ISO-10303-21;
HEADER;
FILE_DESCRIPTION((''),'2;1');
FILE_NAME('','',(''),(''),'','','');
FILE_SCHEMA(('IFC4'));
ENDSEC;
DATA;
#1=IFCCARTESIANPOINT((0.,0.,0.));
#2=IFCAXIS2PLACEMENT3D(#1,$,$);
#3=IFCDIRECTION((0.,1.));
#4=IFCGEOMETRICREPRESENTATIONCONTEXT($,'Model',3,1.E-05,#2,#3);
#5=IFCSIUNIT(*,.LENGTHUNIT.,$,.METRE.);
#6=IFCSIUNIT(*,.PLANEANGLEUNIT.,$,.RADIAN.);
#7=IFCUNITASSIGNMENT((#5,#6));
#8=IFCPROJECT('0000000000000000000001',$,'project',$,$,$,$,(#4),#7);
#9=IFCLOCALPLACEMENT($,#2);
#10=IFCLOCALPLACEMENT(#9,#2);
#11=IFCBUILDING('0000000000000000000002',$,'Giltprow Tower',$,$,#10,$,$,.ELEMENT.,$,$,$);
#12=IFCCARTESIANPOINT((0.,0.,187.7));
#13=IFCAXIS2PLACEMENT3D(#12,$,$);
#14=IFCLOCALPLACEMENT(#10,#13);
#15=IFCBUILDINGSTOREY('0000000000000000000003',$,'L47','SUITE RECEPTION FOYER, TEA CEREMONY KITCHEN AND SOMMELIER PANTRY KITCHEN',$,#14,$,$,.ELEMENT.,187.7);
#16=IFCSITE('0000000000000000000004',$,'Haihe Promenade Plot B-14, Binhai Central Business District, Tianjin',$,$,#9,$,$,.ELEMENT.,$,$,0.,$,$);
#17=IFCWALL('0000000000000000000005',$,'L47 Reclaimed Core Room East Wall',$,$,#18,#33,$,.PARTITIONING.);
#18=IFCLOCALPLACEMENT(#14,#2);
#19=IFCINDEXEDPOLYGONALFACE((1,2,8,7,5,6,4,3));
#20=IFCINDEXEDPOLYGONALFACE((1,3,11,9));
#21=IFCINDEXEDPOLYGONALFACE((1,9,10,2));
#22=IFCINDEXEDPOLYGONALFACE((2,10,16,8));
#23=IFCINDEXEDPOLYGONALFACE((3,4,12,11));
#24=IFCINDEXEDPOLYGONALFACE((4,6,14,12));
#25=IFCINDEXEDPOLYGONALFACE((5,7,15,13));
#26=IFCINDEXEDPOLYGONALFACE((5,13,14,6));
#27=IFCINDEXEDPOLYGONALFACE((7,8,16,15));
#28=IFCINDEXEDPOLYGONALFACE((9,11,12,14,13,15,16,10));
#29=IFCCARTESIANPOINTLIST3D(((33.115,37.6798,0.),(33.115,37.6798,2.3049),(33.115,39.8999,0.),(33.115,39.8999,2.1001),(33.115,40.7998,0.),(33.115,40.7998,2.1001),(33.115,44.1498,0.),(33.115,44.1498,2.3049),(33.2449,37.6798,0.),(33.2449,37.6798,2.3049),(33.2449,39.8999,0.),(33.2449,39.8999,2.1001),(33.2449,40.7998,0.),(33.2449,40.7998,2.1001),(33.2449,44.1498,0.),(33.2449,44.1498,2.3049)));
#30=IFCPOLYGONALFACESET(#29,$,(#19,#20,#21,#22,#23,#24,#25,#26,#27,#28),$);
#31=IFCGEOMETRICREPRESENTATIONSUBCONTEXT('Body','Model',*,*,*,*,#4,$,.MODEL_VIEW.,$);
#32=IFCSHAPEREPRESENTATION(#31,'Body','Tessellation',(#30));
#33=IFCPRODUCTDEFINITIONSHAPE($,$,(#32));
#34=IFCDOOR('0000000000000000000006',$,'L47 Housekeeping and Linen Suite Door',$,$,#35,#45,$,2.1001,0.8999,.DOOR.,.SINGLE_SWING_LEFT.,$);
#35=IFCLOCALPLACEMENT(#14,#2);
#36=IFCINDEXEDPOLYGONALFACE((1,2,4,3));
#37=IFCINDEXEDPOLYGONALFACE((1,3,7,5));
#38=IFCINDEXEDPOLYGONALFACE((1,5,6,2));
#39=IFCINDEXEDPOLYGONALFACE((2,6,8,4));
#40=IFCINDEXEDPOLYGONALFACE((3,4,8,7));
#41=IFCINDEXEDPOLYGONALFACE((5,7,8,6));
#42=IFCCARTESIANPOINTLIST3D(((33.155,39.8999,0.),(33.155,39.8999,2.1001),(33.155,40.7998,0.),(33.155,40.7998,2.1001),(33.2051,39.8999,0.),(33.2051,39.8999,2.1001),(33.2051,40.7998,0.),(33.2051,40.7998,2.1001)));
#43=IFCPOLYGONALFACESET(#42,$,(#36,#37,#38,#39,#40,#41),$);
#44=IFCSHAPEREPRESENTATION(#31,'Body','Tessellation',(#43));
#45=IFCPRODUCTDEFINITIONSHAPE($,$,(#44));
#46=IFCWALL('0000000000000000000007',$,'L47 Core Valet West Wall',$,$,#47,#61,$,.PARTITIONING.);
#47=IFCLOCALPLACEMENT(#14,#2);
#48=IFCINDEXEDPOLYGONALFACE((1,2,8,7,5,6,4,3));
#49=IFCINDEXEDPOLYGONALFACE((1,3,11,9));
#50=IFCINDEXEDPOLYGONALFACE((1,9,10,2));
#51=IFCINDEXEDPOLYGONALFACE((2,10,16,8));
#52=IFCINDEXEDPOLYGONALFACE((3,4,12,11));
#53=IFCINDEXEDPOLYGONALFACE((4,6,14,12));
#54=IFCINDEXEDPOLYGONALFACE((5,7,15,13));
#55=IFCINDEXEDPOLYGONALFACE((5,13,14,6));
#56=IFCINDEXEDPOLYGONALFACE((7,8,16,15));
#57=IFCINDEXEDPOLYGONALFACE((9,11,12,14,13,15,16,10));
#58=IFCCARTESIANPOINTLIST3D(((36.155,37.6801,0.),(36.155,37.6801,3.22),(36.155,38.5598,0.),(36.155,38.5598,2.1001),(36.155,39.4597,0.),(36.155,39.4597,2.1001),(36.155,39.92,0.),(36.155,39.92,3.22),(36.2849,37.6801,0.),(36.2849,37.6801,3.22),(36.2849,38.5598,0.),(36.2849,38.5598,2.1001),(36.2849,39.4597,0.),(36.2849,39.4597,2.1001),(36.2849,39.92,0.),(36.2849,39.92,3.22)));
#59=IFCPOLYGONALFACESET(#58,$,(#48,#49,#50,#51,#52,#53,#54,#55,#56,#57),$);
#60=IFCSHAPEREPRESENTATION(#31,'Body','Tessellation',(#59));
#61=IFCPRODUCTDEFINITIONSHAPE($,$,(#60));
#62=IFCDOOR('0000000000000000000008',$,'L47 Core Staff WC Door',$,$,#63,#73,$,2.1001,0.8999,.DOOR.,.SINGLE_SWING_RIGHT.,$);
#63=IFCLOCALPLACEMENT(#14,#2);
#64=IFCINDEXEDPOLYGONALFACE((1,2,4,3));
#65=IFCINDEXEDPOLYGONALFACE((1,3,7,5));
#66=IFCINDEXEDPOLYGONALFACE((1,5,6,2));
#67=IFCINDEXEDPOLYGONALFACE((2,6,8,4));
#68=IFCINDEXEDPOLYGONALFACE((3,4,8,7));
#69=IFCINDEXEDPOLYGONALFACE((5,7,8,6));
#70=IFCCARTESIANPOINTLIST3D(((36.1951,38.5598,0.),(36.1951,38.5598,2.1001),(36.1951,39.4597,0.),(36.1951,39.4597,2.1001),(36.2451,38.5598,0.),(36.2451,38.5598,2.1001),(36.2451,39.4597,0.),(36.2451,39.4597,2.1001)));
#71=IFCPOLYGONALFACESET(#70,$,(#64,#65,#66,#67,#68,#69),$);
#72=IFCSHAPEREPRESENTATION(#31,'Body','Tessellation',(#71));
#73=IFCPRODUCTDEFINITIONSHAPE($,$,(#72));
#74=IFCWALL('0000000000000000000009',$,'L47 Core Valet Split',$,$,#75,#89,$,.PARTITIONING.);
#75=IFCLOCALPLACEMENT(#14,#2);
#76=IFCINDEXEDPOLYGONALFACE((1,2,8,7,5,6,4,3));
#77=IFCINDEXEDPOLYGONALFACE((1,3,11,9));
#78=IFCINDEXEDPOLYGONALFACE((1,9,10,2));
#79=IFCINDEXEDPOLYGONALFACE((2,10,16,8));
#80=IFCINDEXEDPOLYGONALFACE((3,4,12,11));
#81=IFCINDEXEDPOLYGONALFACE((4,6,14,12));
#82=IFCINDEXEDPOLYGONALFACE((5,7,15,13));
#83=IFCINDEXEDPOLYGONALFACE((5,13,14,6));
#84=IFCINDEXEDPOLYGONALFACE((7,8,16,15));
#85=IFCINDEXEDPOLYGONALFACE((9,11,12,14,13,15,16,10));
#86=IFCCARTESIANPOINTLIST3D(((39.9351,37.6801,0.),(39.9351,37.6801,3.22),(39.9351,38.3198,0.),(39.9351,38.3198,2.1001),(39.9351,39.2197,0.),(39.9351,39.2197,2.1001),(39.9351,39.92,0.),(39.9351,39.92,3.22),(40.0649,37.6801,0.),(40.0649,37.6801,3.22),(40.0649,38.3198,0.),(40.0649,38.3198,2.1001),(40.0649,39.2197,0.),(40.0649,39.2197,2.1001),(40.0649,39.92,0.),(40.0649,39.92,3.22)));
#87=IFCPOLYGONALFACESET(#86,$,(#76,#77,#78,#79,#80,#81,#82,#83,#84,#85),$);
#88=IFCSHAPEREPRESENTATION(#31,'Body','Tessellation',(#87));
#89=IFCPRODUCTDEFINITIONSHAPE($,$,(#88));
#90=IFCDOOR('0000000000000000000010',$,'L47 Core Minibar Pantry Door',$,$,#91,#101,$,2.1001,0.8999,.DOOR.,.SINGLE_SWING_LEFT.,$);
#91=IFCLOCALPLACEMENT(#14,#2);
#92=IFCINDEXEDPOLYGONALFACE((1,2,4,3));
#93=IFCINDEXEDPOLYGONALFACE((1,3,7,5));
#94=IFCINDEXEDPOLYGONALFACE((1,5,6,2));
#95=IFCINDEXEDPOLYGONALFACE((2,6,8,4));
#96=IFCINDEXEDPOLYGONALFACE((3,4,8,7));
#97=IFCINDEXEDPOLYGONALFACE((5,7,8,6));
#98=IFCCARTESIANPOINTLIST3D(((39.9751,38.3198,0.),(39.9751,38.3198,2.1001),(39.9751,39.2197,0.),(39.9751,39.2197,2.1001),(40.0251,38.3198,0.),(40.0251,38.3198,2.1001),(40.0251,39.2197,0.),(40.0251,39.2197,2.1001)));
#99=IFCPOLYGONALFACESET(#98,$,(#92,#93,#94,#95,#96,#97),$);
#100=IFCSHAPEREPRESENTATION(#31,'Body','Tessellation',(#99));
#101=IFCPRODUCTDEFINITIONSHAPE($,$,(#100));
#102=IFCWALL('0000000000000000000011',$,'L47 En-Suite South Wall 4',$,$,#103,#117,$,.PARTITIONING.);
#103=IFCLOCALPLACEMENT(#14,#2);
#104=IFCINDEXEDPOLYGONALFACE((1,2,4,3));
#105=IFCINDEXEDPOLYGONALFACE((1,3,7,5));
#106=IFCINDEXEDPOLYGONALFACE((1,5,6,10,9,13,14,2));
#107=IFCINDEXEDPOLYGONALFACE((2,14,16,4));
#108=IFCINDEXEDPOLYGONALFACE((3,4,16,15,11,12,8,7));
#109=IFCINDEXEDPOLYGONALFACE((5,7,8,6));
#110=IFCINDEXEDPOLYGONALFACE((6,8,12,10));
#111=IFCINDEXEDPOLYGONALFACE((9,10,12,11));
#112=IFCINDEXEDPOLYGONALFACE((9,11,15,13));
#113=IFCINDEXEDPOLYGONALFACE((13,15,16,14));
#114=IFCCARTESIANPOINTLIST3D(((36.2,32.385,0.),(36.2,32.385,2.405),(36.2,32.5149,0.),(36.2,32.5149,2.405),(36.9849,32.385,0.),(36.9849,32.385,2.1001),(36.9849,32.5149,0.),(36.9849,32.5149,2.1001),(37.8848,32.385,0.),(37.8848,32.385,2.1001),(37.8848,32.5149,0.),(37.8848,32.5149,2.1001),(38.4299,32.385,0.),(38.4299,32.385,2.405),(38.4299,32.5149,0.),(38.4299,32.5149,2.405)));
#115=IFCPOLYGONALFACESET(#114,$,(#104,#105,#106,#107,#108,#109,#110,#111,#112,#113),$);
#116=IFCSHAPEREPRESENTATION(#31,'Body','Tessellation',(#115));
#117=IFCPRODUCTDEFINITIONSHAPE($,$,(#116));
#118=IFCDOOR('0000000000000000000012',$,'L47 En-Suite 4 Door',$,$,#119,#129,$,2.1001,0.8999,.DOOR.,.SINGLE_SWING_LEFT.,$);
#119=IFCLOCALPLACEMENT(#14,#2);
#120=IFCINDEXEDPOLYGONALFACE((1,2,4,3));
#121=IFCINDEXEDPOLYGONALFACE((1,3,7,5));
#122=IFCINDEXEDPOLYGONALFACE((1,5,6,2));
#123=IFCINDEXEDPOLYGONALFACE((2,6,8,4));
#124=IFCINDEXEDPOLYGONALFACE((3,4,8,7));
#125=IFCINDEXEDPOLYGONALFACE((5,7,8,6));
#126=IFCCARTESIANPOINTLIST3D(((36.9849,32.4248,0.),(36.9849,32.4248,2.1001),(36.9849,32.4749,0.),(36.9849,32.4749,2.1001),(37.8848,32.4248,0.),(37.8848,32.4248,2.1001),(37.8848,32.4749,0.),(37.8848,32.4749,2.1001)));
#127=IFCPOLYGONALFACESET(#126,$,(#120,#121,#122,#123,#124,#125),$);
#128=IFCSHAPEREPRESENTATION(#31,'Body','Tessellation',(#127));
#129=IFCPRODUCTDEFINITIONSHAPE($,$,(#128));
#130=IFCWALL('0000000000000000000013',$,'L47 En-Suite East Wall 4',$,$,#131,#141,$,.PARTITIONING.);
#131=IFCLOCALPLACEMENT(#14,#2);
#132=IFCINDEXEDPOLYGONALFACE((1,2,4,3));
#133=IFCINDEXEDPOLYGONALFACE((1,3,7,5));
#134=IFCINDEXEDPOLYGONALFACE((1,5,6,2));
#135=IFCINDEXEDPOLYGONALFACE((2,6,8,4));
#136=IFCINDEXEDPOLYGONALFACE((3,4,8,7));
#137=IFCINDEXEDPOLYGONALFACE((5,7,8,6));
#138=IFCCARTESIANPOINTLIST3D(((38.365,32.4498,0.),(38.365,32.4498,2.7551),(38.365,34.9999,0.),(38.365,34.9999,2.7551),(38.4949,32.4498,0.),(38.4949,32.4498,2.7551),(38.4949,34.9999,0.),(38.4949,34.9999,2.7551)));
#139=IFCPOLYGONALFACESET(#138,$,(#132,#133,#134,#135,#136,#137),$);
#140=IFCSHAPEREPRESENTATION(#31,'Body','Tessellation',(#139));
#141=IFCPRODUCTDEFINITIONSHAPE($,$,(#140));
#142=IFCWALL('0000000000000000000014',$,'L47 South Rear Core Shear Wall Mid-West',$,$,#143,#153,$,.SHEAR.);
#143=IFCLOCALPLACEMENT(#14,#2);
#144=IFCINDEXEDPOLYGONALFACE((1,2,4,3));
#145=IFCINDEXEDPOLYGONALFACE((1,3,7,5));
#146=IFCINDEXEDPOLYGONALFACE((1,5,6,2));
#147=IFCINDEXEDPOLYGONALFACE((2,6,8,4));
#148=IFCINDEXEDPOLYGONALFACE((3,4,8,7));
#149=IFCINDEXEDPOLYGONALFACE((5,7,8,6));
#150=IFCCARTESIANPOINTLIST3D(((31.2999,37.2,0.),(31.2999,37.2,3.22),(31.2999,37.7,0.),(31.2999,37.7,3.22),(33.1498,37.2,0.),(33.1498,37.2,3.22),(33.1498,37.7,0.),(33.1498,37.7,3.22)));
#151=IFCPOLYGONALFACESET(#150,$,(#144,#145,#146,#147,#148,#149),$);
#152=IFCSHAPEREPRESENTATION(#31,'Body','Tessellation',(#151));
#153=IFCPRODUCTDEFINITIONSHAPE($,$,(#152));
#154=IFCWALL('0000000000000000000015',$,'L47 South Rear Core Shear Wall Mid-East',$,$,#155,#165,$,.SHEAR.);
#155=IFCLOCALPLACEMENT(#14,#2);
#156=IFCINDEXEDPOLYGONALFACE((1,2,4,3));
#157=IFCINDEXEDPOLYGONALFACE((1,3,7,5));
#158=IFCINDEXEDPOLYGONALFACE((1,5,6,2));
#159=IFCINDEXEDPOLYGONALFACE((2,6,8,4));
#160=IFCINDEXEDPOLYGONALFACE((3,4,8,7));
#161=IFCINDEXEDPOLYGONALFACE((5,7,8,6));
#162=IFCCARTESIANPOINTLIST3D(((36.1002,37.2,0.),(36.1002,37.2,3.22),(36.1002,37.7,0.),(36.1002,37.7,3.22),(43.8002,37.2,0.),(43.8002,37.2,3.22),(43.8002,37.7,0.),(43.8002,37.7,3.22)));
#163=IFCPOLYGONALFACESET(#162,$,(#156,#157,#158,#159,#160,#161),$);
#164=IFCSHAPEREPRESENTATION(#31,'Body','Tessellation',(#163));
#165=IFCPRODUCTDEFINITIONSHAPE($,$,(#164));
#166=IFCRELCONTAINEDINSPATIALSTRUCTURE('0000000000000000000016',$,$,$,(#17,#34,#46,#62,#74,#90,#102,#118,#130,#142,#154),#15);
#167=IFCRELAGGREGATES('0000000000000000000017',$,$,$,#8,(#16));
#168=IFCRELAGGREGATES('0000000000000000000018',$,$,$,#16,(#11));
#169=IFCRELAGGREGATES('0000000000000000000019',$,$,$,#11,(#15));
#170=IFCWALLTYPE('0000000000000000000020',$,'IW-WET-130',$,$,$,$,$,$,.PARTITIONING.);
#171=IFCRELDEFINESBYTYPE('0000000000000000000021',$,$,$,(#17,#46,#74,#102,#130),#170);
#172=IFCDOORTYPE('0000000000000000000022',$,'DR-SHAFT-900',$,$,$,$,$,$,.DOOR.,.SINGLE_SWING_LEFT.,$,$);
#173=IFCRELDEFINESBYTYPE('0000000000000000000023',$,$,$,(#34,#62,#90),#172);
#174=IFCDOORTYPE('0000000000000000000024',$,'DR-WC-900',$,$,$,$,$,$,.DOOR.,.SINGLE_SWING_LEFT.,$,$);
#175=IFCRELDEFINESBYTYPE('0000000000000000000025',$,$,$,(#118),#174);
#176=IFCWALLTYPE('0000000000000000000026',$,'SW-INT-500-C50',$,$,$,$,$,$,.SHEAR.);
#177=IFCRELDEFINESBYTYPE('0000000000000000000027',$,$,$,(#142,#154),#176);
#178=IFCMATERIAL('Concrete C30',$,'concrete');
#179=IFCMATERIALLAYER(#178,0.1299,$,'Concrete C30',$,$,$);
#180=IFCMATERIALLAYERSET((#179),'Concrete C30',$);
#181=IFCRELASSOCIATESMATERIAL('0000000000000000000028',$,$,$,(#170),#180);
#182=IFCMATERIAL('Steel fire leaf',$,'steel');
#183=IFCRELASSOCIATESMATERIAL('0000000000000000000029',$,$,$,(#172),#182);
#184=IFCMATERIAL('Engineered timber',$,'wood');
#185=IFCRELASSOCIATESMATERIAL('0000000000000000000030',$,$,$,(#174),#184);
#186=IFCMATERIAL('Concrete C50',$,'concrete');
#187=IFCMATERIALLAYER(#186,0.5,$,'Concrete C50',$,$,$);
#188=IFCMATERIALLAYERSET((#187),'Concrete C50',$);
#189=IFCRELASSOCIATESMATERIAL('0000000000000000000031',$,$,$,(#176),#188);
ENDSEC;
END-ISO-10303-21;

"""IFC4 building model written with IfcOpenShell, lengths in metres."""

from ifc_helpers import new_model, si_unit, direction, frame, frame_2d, origin, place, context, subcontext, project, spatial, rectangle, extrude, source, transform, mapped, material, layer, layer_set, type_object, element, fill, save


model = new_model("IFC4")

# Units and contexts
model_context = context("Model", 3, precision=1e-05, world=origin(), true_north=direction((0.0, 1.0)))
body_context = subcontext(model_context, "Body", "Model", "MODEL_VIEW")
ifc_project = project(units=[si_unit("LENGTHUNIT", "METRE"), si_unit("PLANEANGLEUNIT", "RADIAN")], contexts=[model_context])

# Site, building, storey
site_placement = place(None, origin())
site = spatial("IfcSite", under=ifc_project, at=site_placement, Name="Haihe Promenade Plot B-14, Binhai Central Business District, Tianjin", CompositionType="ELEMENT", RefElevation=0.0)
building_placement = place(site_placement, origin())
building = spatial("IfcBuilding", under=site, at=building_placement, Name="Giltprow Tower", CompositionType="ELEMENT")
storey_placement = place(building_placement, frame((0.0, 0.0, 187.7)))
storey = spatial("IfcBuildingStorey", under=building, at=storey_placement, Name="L47", Description="SUITE RECEPTION FOYER, TEA CEREMONY KITCHEN AND SOMMELIER PANTRY KITCHEN", CompositionType="ELEMENT", Elevation=187.7)

# Shared definitions
ifc_material_1 = material(Name="Concrete C50", Category="concrete")

# Walls, openings, doors
ifc_material_2 = material(Name="Concrete C30", Category="concrete")
ifc_layer_1 = layer(ifc_material_2, 0.1299, Name="Concrete C30")
ifc_layer_set_1 = layer_set([ifc_layer_1], Name="Concrete C30")
wall_type_1 = type_object("IfcWallType", Name="IW-WET-130", PredefinedType="PARTITIONING", material=ifc_layer_set_1)
wall_1_placement = place(storey_placement, frame((33.1799, 37.6799, 0.0), z_axis=(0.0, 0.0, 1.0), x_axis=(0.0, 1.0, 0.0)))
wall_1 = element("IfcWall", 1, at=wall_1_placement, inside=storey, type_object=wall_type_1, Name="L47 Reclaimed Core Room East Wall", PredefinedType="PARTITIONING", context=body_context, shape_type="SweptSolid", body=[
    extrude(rectangle(XDim=6.47, YDim=0.1299, at=frame_2d((3.2349, 0.0))), origin(), (0.0, 0.0, 1.0), 2.3049),
])
opening_1_placement = place(wall_1_placement, frame((2.22, 0.0, 0.0)))
opening_1 = element("IfcOpeningElement", 2, at=opening_1_placement, cuts=wall_1, PredefinedType="OPENING", context=body_context, shape_type="SweptSolid", body=[
    extrude(rectangle(XDim=0.8999, YDim=2.1001, at=frame_2d((0.45, 1.05))), frame((0.0, 0.075, 0.0), z_axis=(0.0, -1.0, 0.0), x_axis=(1.0, 0.0, 0.0)), (0.0, 0.0, 1.0), 0.1499),
])
ifc_material_3 = material(Name="Steel fire leaf", Category="steel")
door_type_1 = type_object("IfcDoorType", Name="DR-SHAFT-900", OperationType="SINGLE_SWING_LEFT", PredefinedType="DOOR", material=ifc_material_3)
shared_shape_1 = source(origin(), body_context, "Body", "SweptSolid", [
    extrude(rectangle(XDim=0.8999, YDim=2.1001, at=frame_2d((0.45, 1.05))), frame((0.0, 0.0249, 0.0), z_axis=(0.0, -1.0, 0.0), x_axis=(1.0, 0.0, 0.0)), (0.0, 0.0, 1.0), 0.05),
])
door_1_placement = place(opening_1_placement, origin())
door_1 = element("IfcDoor", 3, at=door_1_placement, inside=storey, type_object=door_type_1, Name="L47 Housekeeping and Linen Suite Door", OperationType="SINGLE_SWING_LEFT", OverallHeight=2.1001, OverallWidth=0.8999, PredefinedType="DOOR", context=body_context, shape_type="MappedRepresentation", body=[
    mapped(shared_shape_1, transform((0.0, 0.0, 0.0), x_axis=(1.0, 0.0, 0.0), y_axis=(0.0, 1.0, 0.0), z_axis=(0.0, 0.0, 1.0), scale=1.0)),
])
fill(opening_1, door_1)
wall_2_placement = place(storey_placement, frame((36.22, 37.6799, 0.0), z_axis=(0.0, 0.0, 1.0), x_axis=(0.0, 1.0, 0.0)))
wall_2 = element("IfcWall", 4, at=wall_2_placement, inside=storey, type_object=wall_type_1, Name="L47 Core Valet West Wall", PredefinedType="PARTITIONING", context=body_context, shape_type="SweptSolid", body=[
    extrude(rectangle(XDim=2.24, YDim=0.1299, at=frame_2d((1.1201, 0.0))), origin(), (0.0, 0.0, 1.0), 3.22),
])
opening_2_placement = place(wall_2_placement, frame((0.8799, 0.0, 0.0)))
opening_2 = element("IfcOpeningElement", 5, at=opening_2_placement, cuts=wall_2, PredefinedType="OPENING", context=body_context, shape_type="SweptSolid", body=[
    extrude(rectangle(XDim=0.8999, YDim=2.1001, at=frame_2d((0.45, 1.05))), frame((0.0, 0.075, 0.0), z_axis=(0.0, -1.0, 0.0), x_axis=(1.0, 0.0, 0.0)), (0.0, 0.0, 1.0), 0.1499),
])
door_2_placement = place(opening_2_placement, origin())
door_2 = element("IfcDoor", 6, at=door_2_placement, inside=storey, type_object=door_type_1, Name="L47 Core Staff WC Door", OperationType="SINGLE_SWING_RIGHT", OverallHeight=2.1001, OverallWidth=0.8999, PredefinedType="DOOR", context=body_context, shape_type="MappedRepresentation", body=[
    mapped(shared_shape_1, transform((0.0, 0.0, 0.0), x_axis=(1.0, 0.0, 0.0), y_axis=(0.0, 1.0, 0.0), z_axis=(0.0, 0.0, 1.0), scale=1.0)),
])
fill(opening_2, door_2)
wall_3_placement = place(storey_placement, frame((40.0, 37.6799, 0.0), z_axis=(0.0, 0.0, 1.0), x_axis=(0.0, 1.0, 0.0)))
wall_3 = element("IfcWall", 7, at=wall_3_placement, inside=storey, type_object=wall_type_1, Name="L47 Core Valet Split", PredefinedType="PARTITIONING", context=body_context, shape_type="SweptSolid", body=[
    extrude(rectangle(XDim=2.24, YDim=0.1299, at=frame_2d((1.1201, 0.0))), origin(), (0.0, 0.0, 1.0), 3.22),
])
opening_3_placement = place(wall_3_placement, frame((0.6399, 0.0, 0.0)))
opening_3 = element("IfcOpeningElement", 8, at=opening_3_placement, cuts=wall_3, PredefinedType="OPENING", context=body_context, shape_type="SweptSolid", body=[
    extrude(rectangle(XDim=0.8999, YDim=2.1001, at=frame_2d((0.45, 1.05))), frame((0.0, 0.075, 0.0), z_axis=(0.0, -1.0, 0.0), x_axis=(1.0, 0.0, 0.0)), (0.0, 0.0, 1.0), 0.1499),
])
door_3_placement = place(opening_3_placement, origin())
door_3 = element("IfcDoor", 9, at=door_3_placement, inside=storey, type_object=door_type_1, Name="L47 Core Minibar Pantry Door", OperationType="SINGLE_SWING_LEFT", OverallHeight=2.1001, OverallWidth=0.8999, PredefinedType="DOOR", context=body_context, shape_type="MappedRepresentation", body=[
    mapped(shared_shape_1, transform((0.0, 0.0, 0.0), x_axis=(1.0, 0.0, 0.0), y_axis=(0.0, 1.0, 0.0), z_axis=(0.0, 0.0, 1.0), scale=1.0)),
])
fill(opening_3, door_3)
wall_4_placement = place(storey_placement, frame((36.2, 32.45, 0.0), z_axis=(0.0, 0.0, 1.0), x_axis=(1.0, 0.0, 0.0)))
wall_4 = element("IfcWall", 10, at=wall_4_placement, inside=storey, type_object=wall_type_1, Name="L47 En-Suite South Wall 4", PredefinedType="PARTITIONING", context=body_context, shape_type="SweptSolid", body=[
    extrude(rectangle(XDim=2.23, YDim=0.1299, at=frame_2d((1.115, 0.0))), origin(), (0.0, 0.0, 1.0), 2.405),
])
opening_4_placement = place(wall_4_placement, frame((0.7849, 0.0, 0.0)))
opening_4 = element("IfcOpeningElement", 11, at=opening_4_placement, cuts=wall_4, PredefinedType="OPENING", context=body_context, shape_type="SweptSolid", body=[
    extrude(rectangle(XDim=0.8999, YDim=2.1001, at=frame_2d((0.45, 1.05))), frame((0.0, 0.075, 0.0), z_axis=(0.0, -1.0, 0.0), x_axis=(1.0, 0.0, 0.0)), (0.0, 0.0, 1.0), 0.1499),
])
ifc_material_4 = material(Name="Engineered timber", Category="wood")
door_type_2 = type_object("IfcDoorType", Name="DR-WC-900", OperationType="SINGLE_SWING_LEFT", PredefinedType="DOOR", material=ifc_material_4)
door_4_placement = place(opening_4_placement, origin())
door_4 = element("IfcDoor", 12, at=door_4_placement, inside=storey, type_object=door_type_2, Name="L47 En-Suite 4 Door", OperationType="SINGLE_SWING_LEFT", OverallHeight=2.1001, OverallWidth=0.8999, PredefinedType="DOOR", context=body_context, shape_type="MappedRepresentation", body=[
    mapped(shared_shape_1, transform((0.0, 0.0, 0.0), x_axis=(1.0, 0.0, 0.0), y_axis=(0.0, 1.0, 0.0), z_axis=(0.0, 0.0, 1.0), scale=1.0)),
])
fill(opening_4, door_4)

# Walls
wall_5_placement = place(storey_placement, frame((38.4299, 32.45, 0.0), z_axis=(0.0, 0.0, 1.0), x_axis=(0.0, 1.0, 0.0)))
element("IfcWall", 13, at=wall_5_placement, inside=storey, type_object=wall_type_1, Name="L47 En-Suite East Wall 4", PredefinedType="PARTITIONING", context=body_context, shape_type="SweptSolid", body=[
    extrude(rectangle(XDim=2.55, YDim=0.1299, at=frame_2d((1.2749, 0.0))), origin(), (0.0, 0.0, 1.0), 2.7551),
])
ifc_layer_2 = layer(ifc_material_1, 0.5, Name="Concrete C50")
ifc_layer_set_2 = layer_set([ifc_layer_2], Name="Concrete C50")
wall_type_2 = type_object("IfcWallType", Name="SW-INT-500-C50", PredefinedType="SHEAR", material=ifc_layer_set_2)
wall_6_placement = place(storey_placement, frame((31.3, 37.45, 0.0), z_axis=(0.0, 0.0, 1.0), x_axis=(1.0, 0.0, 0.0)))
element("IfcWall", 14, at=wall_6_placement, inside=storey, type_object=wall_type_2, Name="L47 South Rear Core Shear Wall Mid-West", PredefinedType="SHEAR", context=body_context, shape_type="SweptSolid", body=[
    extrude(rectangle(XDim=1.8499, YDim=0.5, at=frame_2d((0.9248, 0.0))), origin(), (0.0, 0.0, 1.0), 3.22),
])
wall_7_placement = place(storey_placement, frame((36.1001, 37.45, 0.0), z_axis=(0.0, 0.0, 1.0), x_axis=(1.0, 0.0, 0.0)))
element("IfcWall", 15, at=wall_7_placement, inside=storey, type_object=wall_type_2, Name="L47 South Rear Core Shear Wall Mid-East", PredefinedType="SHEAR", context=body_context, shape_type="SweptSolid", body=[
    extrude(rectangle(XDim=7.7, YDim=0.5, at=frame_2d((3.8501, 0.0))), origin(), (0.0, 0.0, 1.0), 3.22),
])

save(model, "model.ifc")
